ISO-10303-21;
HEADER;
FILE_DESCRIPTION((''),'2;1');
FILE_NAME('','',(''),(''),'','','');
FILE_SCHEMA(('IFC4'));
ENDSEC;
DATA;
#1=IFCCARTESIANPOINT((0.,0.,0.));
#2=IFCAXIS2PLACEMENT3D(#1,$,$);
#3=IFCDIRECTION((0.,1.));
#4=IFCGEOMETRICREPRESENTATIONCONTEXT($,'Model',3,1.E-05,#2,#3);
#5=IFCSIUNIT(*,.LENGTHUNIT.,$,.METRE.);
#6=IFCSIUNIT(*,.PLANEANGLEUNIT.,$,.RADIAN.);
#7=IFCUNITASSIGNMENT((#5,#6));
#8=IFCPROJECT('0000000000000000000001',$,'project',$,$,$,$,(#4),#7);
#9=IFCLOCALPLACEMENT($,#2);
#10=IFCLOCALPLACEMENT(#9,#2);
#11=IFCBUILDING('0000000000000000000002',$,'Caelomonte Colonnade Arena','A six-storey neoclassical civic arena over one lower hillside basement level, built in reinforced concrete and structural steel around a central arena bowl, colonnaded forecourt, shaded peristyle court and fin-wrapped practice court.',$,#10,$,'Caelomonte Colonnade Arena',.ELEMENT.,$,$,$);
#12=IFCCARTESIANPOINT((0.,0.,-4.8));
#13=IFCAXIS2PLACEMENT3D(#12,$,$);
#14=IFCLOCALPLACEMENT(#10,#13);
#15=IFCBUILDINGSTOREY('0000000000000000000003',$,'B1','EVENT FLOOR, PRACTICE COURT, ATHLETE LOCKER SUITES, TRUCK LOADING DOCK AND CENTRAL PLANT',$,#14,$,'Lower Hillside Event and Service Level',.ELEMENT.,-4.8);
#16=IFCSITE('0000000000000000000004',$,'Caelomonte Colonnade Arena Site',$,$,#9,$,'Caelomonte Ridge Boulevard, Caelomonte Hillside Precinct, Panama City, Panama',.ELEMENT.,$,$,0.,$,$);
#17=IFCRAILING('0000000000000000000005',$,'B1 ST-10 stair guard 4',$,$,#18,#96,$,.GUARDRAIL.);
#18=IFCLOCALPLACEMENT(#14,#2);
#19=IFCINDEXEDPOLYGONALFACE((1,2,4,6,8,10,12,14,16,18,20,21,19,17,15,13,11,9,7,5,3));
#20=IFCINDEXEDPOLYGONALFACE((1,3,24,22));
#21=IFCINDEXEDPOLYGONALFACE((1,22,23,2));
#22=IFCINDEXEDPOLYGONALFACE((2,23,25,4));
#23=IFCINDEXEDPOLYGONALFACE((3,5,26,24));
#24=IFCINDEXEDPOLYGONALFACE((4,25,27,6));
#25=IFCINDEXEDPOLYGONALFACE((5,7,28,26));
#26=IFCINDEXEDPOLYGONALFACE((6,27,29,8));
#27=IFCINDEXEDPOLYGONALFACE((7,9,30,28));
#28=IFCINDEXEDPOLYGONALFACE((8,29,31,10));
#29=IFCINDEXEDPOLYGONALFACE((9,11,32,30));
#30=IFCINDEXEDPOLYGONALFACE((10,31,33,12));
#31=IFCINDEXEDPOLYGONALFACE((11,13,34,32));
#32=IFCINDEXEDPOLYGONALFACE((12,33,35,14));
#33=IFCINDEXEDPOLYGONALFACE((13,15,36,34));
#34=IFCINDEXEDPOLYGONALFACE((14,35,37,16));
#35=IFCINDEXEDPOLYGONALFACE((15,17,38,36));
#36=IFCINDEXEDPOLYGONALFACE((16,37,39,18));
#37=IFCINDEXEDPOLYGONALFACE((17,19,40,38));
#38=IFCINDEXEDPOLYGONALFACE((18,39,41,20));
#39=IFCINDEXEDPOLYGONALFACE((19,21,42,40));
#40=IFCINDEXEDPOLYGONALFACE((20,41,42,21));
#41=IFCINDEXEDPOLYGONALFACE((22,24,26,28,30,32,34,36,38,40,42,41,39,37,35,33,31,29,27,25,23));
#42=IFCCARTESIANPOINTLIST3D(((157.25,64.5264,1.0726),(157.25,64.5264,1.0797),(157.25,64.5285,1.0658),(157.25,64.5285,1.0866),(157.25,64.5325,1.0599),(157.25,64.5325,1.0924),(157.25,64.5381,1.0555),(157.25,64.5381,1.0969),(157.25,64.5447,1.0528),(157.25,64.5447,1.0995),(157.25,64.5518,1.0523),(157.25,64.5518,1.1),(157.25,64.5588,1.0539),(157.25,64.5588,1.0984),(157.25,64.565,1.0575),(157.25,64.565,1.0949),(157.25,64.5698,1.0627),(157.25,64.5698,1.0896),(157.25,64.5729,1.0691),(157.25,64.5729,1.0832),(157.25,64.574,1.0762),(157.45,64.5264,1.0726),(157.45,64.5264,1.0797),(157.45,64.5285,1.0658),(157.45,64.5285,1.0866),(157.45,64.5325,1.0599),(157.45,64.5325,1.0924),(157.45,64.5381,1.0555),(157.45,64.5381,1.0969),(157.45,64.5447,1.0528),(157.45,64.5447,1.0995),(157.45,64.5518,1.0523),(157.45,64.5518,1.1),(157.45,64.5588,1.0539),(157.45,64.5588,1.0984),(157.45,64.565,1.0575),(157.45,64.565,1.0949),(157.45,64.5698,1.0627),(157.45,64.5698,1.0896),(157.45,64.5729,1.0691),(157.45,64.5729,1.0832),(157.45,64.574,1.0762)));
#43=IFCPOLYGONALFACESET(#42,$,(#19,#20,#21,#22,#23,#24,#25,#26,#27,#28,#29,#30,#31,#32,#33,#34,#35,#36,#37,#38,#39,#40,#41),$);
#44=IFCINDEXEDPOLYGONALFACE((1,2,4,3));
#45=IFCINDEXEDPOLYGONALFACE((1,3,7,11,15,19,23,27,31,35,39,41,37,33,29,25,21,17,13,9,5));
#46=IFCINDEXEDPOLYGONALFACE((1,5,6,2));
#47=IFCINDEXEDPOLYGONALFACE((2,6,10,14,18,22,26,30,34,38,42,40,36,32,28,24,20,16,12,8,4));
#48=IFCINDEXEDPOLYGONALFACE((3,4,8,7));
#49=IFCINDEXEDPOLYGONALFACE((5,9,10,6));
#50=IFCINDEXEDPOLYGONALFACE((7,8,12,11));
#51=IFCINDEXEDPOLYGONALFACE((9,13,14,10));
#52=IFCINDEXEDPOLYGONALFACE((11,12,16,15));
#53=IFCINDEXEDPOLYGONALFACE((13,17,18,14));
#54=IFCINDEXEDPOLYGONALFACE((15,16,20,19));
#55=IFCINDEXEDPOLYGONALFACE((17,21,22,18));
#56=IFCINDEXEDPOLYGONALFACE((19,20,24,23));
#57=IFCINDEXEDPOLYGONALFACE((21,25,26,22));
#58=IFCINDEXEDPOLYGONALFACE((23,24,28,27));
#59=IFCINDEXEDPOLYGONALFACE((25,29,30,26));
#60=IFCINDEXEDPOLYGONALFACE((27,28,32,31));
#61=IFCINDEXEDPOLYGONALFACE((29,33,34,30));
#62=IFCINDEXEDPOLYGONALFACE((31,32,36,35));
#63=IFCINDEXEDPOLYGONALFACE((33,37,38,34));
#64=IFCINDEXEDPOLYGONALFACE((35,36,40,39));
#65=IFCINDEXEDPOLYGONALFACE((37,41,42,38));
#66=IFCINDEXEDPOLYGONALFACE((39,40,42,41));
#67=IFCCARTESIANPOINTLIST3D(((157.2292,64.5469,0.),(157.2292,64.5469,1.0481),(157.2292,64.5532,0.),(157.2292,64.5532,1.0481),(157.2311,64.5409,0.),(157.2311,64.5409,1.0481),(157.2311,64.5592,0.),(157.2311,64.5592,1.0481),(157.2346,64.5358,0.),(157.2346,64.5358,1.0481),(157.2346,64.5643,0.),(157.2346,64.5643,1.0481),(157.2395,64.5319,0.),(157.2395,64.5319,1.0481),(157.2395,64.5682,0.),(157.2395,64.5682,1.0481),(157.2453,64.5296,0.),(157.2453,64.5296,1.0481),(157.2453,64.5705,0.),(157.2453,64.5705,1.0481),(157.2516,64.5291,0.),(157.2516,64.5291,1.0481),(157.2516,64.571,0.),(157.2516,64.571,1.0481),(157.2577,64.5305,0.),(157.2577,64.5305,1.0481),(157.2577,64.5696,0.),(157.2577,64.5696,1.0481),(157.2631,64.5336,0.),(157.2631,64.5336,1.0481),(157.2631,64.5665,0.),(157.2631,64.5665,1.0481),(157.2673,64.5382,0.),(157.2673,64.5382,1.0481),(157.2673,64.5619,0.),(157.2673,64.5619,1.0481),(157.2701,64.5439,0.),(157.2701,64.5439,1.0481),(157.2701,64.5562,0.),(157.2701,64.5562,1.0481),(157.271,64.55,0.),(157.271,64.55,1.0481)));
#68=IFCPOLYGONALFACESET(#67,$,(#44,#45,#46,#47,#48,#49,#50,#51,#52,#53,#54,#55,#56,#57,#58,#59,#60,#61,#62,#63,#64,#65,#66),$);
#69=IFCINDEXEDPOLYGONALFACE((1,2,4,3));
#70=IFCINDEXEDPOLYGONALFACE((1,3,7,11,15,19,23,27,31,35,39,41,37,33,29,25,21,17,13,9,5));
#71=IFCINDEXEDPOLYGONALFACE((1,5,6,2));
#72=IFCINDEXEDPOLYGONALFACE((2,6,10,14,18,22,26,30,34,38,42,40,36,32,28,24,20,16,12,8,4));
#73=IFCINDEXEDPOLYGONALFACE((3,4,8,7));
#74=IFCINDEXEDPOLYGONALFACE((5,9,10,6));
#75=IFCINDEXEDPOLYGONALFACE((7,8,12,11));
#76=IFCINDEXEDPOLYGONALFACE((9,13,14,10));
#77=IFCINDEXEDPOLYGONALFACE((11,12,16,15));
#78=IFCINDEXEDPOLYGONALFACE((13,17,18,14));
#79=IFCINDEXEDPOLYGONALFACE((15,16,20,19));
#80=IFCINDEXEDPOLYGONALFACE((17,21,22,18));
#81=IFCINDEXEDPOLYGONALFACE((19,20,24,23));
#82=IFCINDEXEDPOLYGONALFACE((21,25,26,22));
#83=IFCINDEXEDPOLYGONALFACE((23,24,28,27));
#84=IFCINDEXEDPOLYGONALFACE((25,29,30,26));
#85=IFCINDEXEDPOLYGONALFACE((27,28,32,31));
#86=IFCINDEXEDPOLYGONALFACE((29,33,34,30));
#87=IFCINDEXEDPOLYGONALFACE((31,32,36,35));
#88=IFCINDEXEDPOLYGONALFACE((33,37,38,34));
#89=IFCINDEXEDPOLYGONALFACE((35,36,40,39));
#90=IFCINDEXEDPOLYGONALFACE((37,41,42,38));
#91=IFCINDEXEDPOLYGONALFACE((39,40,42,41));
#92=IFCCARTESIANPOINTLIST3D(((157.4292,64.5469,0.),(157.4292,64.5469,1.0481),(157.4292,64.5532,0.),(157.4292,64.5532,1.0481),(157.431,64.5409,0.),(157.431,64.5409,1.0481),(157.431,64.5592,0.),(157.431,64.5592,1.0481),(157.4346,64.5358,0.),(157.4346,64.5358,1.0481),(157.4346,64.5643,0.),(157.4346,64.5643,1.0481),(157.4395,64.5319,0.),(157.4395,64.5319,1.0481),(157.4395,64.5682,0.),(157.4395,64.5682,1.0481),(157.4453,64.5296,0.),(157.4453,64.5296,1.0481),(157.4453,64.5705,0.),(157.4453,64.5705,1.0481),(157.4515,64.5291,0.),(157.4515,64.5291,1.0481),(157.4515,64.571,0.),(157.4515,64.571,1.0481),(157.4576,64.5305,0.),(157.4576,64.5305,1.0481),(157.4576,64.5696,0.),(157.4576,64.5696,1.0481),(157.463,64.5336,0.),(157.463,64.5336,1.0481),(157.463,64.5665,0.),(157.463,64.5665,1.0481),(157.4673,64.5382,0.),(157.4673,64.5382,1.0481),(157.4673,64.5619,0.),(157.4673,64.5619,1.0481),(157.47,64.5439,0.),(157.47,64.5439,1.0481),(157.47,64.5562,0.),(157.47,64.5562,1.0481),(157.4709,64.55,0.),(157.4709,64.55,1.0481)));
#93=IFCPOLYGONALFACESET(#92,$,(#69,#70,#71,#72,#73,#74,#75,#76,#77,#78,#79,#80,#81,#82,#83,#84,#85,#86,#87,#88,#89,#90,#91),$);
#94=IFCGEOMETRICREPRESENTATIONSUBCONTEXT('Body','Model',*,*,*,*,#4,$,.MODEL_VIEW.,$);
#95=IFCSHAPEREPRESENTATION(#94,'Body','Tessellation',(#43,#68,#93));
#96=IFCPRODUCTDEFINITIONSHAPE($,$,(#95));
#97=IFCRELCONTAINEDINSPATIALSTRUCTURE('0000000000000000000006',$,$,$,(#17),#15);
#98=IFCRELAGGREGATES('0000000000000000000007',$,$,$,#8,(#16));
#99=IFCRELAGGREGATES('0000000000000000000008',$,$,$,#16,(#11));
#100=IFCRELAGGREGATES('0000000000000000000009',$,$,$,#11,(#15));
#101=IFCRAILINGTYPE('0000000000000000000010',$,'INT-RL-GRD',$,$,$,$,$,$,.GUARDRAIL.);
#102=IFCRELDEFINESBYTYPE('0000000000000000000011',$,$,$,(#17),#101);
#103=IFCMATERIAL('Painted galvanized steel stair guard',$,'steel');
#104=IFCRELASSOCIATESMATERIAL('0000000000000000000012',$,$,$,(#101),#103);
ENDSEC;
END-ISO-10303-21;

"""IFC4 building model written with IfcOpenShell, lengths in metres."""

from ifc_helpers import new_model, si_unit, direction, frame, origin, origin_2d, place, context, subcontext, project, spatial, circle, extrude, material, type_object, element, save


model = new_model("IFC4")

# Units and contexts
model_context = context("Model", 3, precision=1e-05, world=origin(), true_north=direction((0.0, 1.0)))
body_context = subcontext(model_context, "Body", "Model", "MODEL_VIEW")
ifc_project = project(units=[si_unit("LENGTHUNIT", "METRE"), si_unit("PLANEANGLEUNIT", "RADIAN")], contexts=[model_context])

# Site, building, storey
site_placement = place(None, origin())
site = spatial("IfcSite", under=ifc_project, at=site_placement, Name="Caelomonte Colonnade Arena Site", LongName="Caelomonte Ridge Boulevard, Caelomonte Hillside Precinct, Panama City, Panama", CompositionType="ELEMENT", RefElevation=0.0)
building_placement = place(site_placement, origin())
building = spatial("IfcBuilding", under=site, at=building_placement, Name="Caelomonte Colonnade Arena", Description="A six-storey neoclassical civic arena over one lower hillside basement level, built in reinforced concrete and structural steel around a central arena bowl, colonnaded forecourt, shaded peristyle court and fin-wrapped practice court.", LongName="Caelomonte Colonnade Arena", CompositionType="ELEMENT")
storey_placement = place(building_placement, frame((0.0, 0.0, -4.8)))
storey = spatial("IfcBuildingStorey", under=building, at=storey_placement, Name="B1", Description="EVENT FLOOR, PRACTICE COURT, ATHLETE LOCKER SUITES, TRUCK LOADING DOCK AND CENTRAL PLANT", LongName="Lower Hillside Event and Service Level", CompositionType="ELEMENT", Elevation=-4.8)

# Railing
ifc_material_1 = material(Name="Painted galvanized steel stair guard", Category="steel")
railing_type_1 = type_object("IfcRailingType", Name="INT-RL-GRD", PredefinedType="GUARDRAIL", material=ifc_material_1)
railing_1_placement = place(storey_placement, frame((157.25, 64.55, 0.0)))
element("IfcRailing", 1, at=railing_1_placement, inside=storey, type_object=railing_type_1, Name="B1 ST-10 stair guard 4", PredefinedType="GUARDRAIL", context=body_context, shape_type="SweptSolid", body=[
    extrude(circle(Radius=0.0239, at=origin_2d()), frame((0.0, 0.0, 1.0762), z_axis=(1.0, 0.0, 0.0), x_axis=(0.0, 1.0, 0.0)), (0.0, 0.0, 1.0), 0.2),
    extrude(circle(Radius=0.021, at=origin_2d()), origin(), (0.0, 0.0, 1.0), 1.0481),
    extrude(circle(Radius=0.021, at=origin_2d()), frame((0.2, 0.0, 0.0)), (0.0, 0.0, 1.0), 1.0481),
])

save(model, "model.ifc")
